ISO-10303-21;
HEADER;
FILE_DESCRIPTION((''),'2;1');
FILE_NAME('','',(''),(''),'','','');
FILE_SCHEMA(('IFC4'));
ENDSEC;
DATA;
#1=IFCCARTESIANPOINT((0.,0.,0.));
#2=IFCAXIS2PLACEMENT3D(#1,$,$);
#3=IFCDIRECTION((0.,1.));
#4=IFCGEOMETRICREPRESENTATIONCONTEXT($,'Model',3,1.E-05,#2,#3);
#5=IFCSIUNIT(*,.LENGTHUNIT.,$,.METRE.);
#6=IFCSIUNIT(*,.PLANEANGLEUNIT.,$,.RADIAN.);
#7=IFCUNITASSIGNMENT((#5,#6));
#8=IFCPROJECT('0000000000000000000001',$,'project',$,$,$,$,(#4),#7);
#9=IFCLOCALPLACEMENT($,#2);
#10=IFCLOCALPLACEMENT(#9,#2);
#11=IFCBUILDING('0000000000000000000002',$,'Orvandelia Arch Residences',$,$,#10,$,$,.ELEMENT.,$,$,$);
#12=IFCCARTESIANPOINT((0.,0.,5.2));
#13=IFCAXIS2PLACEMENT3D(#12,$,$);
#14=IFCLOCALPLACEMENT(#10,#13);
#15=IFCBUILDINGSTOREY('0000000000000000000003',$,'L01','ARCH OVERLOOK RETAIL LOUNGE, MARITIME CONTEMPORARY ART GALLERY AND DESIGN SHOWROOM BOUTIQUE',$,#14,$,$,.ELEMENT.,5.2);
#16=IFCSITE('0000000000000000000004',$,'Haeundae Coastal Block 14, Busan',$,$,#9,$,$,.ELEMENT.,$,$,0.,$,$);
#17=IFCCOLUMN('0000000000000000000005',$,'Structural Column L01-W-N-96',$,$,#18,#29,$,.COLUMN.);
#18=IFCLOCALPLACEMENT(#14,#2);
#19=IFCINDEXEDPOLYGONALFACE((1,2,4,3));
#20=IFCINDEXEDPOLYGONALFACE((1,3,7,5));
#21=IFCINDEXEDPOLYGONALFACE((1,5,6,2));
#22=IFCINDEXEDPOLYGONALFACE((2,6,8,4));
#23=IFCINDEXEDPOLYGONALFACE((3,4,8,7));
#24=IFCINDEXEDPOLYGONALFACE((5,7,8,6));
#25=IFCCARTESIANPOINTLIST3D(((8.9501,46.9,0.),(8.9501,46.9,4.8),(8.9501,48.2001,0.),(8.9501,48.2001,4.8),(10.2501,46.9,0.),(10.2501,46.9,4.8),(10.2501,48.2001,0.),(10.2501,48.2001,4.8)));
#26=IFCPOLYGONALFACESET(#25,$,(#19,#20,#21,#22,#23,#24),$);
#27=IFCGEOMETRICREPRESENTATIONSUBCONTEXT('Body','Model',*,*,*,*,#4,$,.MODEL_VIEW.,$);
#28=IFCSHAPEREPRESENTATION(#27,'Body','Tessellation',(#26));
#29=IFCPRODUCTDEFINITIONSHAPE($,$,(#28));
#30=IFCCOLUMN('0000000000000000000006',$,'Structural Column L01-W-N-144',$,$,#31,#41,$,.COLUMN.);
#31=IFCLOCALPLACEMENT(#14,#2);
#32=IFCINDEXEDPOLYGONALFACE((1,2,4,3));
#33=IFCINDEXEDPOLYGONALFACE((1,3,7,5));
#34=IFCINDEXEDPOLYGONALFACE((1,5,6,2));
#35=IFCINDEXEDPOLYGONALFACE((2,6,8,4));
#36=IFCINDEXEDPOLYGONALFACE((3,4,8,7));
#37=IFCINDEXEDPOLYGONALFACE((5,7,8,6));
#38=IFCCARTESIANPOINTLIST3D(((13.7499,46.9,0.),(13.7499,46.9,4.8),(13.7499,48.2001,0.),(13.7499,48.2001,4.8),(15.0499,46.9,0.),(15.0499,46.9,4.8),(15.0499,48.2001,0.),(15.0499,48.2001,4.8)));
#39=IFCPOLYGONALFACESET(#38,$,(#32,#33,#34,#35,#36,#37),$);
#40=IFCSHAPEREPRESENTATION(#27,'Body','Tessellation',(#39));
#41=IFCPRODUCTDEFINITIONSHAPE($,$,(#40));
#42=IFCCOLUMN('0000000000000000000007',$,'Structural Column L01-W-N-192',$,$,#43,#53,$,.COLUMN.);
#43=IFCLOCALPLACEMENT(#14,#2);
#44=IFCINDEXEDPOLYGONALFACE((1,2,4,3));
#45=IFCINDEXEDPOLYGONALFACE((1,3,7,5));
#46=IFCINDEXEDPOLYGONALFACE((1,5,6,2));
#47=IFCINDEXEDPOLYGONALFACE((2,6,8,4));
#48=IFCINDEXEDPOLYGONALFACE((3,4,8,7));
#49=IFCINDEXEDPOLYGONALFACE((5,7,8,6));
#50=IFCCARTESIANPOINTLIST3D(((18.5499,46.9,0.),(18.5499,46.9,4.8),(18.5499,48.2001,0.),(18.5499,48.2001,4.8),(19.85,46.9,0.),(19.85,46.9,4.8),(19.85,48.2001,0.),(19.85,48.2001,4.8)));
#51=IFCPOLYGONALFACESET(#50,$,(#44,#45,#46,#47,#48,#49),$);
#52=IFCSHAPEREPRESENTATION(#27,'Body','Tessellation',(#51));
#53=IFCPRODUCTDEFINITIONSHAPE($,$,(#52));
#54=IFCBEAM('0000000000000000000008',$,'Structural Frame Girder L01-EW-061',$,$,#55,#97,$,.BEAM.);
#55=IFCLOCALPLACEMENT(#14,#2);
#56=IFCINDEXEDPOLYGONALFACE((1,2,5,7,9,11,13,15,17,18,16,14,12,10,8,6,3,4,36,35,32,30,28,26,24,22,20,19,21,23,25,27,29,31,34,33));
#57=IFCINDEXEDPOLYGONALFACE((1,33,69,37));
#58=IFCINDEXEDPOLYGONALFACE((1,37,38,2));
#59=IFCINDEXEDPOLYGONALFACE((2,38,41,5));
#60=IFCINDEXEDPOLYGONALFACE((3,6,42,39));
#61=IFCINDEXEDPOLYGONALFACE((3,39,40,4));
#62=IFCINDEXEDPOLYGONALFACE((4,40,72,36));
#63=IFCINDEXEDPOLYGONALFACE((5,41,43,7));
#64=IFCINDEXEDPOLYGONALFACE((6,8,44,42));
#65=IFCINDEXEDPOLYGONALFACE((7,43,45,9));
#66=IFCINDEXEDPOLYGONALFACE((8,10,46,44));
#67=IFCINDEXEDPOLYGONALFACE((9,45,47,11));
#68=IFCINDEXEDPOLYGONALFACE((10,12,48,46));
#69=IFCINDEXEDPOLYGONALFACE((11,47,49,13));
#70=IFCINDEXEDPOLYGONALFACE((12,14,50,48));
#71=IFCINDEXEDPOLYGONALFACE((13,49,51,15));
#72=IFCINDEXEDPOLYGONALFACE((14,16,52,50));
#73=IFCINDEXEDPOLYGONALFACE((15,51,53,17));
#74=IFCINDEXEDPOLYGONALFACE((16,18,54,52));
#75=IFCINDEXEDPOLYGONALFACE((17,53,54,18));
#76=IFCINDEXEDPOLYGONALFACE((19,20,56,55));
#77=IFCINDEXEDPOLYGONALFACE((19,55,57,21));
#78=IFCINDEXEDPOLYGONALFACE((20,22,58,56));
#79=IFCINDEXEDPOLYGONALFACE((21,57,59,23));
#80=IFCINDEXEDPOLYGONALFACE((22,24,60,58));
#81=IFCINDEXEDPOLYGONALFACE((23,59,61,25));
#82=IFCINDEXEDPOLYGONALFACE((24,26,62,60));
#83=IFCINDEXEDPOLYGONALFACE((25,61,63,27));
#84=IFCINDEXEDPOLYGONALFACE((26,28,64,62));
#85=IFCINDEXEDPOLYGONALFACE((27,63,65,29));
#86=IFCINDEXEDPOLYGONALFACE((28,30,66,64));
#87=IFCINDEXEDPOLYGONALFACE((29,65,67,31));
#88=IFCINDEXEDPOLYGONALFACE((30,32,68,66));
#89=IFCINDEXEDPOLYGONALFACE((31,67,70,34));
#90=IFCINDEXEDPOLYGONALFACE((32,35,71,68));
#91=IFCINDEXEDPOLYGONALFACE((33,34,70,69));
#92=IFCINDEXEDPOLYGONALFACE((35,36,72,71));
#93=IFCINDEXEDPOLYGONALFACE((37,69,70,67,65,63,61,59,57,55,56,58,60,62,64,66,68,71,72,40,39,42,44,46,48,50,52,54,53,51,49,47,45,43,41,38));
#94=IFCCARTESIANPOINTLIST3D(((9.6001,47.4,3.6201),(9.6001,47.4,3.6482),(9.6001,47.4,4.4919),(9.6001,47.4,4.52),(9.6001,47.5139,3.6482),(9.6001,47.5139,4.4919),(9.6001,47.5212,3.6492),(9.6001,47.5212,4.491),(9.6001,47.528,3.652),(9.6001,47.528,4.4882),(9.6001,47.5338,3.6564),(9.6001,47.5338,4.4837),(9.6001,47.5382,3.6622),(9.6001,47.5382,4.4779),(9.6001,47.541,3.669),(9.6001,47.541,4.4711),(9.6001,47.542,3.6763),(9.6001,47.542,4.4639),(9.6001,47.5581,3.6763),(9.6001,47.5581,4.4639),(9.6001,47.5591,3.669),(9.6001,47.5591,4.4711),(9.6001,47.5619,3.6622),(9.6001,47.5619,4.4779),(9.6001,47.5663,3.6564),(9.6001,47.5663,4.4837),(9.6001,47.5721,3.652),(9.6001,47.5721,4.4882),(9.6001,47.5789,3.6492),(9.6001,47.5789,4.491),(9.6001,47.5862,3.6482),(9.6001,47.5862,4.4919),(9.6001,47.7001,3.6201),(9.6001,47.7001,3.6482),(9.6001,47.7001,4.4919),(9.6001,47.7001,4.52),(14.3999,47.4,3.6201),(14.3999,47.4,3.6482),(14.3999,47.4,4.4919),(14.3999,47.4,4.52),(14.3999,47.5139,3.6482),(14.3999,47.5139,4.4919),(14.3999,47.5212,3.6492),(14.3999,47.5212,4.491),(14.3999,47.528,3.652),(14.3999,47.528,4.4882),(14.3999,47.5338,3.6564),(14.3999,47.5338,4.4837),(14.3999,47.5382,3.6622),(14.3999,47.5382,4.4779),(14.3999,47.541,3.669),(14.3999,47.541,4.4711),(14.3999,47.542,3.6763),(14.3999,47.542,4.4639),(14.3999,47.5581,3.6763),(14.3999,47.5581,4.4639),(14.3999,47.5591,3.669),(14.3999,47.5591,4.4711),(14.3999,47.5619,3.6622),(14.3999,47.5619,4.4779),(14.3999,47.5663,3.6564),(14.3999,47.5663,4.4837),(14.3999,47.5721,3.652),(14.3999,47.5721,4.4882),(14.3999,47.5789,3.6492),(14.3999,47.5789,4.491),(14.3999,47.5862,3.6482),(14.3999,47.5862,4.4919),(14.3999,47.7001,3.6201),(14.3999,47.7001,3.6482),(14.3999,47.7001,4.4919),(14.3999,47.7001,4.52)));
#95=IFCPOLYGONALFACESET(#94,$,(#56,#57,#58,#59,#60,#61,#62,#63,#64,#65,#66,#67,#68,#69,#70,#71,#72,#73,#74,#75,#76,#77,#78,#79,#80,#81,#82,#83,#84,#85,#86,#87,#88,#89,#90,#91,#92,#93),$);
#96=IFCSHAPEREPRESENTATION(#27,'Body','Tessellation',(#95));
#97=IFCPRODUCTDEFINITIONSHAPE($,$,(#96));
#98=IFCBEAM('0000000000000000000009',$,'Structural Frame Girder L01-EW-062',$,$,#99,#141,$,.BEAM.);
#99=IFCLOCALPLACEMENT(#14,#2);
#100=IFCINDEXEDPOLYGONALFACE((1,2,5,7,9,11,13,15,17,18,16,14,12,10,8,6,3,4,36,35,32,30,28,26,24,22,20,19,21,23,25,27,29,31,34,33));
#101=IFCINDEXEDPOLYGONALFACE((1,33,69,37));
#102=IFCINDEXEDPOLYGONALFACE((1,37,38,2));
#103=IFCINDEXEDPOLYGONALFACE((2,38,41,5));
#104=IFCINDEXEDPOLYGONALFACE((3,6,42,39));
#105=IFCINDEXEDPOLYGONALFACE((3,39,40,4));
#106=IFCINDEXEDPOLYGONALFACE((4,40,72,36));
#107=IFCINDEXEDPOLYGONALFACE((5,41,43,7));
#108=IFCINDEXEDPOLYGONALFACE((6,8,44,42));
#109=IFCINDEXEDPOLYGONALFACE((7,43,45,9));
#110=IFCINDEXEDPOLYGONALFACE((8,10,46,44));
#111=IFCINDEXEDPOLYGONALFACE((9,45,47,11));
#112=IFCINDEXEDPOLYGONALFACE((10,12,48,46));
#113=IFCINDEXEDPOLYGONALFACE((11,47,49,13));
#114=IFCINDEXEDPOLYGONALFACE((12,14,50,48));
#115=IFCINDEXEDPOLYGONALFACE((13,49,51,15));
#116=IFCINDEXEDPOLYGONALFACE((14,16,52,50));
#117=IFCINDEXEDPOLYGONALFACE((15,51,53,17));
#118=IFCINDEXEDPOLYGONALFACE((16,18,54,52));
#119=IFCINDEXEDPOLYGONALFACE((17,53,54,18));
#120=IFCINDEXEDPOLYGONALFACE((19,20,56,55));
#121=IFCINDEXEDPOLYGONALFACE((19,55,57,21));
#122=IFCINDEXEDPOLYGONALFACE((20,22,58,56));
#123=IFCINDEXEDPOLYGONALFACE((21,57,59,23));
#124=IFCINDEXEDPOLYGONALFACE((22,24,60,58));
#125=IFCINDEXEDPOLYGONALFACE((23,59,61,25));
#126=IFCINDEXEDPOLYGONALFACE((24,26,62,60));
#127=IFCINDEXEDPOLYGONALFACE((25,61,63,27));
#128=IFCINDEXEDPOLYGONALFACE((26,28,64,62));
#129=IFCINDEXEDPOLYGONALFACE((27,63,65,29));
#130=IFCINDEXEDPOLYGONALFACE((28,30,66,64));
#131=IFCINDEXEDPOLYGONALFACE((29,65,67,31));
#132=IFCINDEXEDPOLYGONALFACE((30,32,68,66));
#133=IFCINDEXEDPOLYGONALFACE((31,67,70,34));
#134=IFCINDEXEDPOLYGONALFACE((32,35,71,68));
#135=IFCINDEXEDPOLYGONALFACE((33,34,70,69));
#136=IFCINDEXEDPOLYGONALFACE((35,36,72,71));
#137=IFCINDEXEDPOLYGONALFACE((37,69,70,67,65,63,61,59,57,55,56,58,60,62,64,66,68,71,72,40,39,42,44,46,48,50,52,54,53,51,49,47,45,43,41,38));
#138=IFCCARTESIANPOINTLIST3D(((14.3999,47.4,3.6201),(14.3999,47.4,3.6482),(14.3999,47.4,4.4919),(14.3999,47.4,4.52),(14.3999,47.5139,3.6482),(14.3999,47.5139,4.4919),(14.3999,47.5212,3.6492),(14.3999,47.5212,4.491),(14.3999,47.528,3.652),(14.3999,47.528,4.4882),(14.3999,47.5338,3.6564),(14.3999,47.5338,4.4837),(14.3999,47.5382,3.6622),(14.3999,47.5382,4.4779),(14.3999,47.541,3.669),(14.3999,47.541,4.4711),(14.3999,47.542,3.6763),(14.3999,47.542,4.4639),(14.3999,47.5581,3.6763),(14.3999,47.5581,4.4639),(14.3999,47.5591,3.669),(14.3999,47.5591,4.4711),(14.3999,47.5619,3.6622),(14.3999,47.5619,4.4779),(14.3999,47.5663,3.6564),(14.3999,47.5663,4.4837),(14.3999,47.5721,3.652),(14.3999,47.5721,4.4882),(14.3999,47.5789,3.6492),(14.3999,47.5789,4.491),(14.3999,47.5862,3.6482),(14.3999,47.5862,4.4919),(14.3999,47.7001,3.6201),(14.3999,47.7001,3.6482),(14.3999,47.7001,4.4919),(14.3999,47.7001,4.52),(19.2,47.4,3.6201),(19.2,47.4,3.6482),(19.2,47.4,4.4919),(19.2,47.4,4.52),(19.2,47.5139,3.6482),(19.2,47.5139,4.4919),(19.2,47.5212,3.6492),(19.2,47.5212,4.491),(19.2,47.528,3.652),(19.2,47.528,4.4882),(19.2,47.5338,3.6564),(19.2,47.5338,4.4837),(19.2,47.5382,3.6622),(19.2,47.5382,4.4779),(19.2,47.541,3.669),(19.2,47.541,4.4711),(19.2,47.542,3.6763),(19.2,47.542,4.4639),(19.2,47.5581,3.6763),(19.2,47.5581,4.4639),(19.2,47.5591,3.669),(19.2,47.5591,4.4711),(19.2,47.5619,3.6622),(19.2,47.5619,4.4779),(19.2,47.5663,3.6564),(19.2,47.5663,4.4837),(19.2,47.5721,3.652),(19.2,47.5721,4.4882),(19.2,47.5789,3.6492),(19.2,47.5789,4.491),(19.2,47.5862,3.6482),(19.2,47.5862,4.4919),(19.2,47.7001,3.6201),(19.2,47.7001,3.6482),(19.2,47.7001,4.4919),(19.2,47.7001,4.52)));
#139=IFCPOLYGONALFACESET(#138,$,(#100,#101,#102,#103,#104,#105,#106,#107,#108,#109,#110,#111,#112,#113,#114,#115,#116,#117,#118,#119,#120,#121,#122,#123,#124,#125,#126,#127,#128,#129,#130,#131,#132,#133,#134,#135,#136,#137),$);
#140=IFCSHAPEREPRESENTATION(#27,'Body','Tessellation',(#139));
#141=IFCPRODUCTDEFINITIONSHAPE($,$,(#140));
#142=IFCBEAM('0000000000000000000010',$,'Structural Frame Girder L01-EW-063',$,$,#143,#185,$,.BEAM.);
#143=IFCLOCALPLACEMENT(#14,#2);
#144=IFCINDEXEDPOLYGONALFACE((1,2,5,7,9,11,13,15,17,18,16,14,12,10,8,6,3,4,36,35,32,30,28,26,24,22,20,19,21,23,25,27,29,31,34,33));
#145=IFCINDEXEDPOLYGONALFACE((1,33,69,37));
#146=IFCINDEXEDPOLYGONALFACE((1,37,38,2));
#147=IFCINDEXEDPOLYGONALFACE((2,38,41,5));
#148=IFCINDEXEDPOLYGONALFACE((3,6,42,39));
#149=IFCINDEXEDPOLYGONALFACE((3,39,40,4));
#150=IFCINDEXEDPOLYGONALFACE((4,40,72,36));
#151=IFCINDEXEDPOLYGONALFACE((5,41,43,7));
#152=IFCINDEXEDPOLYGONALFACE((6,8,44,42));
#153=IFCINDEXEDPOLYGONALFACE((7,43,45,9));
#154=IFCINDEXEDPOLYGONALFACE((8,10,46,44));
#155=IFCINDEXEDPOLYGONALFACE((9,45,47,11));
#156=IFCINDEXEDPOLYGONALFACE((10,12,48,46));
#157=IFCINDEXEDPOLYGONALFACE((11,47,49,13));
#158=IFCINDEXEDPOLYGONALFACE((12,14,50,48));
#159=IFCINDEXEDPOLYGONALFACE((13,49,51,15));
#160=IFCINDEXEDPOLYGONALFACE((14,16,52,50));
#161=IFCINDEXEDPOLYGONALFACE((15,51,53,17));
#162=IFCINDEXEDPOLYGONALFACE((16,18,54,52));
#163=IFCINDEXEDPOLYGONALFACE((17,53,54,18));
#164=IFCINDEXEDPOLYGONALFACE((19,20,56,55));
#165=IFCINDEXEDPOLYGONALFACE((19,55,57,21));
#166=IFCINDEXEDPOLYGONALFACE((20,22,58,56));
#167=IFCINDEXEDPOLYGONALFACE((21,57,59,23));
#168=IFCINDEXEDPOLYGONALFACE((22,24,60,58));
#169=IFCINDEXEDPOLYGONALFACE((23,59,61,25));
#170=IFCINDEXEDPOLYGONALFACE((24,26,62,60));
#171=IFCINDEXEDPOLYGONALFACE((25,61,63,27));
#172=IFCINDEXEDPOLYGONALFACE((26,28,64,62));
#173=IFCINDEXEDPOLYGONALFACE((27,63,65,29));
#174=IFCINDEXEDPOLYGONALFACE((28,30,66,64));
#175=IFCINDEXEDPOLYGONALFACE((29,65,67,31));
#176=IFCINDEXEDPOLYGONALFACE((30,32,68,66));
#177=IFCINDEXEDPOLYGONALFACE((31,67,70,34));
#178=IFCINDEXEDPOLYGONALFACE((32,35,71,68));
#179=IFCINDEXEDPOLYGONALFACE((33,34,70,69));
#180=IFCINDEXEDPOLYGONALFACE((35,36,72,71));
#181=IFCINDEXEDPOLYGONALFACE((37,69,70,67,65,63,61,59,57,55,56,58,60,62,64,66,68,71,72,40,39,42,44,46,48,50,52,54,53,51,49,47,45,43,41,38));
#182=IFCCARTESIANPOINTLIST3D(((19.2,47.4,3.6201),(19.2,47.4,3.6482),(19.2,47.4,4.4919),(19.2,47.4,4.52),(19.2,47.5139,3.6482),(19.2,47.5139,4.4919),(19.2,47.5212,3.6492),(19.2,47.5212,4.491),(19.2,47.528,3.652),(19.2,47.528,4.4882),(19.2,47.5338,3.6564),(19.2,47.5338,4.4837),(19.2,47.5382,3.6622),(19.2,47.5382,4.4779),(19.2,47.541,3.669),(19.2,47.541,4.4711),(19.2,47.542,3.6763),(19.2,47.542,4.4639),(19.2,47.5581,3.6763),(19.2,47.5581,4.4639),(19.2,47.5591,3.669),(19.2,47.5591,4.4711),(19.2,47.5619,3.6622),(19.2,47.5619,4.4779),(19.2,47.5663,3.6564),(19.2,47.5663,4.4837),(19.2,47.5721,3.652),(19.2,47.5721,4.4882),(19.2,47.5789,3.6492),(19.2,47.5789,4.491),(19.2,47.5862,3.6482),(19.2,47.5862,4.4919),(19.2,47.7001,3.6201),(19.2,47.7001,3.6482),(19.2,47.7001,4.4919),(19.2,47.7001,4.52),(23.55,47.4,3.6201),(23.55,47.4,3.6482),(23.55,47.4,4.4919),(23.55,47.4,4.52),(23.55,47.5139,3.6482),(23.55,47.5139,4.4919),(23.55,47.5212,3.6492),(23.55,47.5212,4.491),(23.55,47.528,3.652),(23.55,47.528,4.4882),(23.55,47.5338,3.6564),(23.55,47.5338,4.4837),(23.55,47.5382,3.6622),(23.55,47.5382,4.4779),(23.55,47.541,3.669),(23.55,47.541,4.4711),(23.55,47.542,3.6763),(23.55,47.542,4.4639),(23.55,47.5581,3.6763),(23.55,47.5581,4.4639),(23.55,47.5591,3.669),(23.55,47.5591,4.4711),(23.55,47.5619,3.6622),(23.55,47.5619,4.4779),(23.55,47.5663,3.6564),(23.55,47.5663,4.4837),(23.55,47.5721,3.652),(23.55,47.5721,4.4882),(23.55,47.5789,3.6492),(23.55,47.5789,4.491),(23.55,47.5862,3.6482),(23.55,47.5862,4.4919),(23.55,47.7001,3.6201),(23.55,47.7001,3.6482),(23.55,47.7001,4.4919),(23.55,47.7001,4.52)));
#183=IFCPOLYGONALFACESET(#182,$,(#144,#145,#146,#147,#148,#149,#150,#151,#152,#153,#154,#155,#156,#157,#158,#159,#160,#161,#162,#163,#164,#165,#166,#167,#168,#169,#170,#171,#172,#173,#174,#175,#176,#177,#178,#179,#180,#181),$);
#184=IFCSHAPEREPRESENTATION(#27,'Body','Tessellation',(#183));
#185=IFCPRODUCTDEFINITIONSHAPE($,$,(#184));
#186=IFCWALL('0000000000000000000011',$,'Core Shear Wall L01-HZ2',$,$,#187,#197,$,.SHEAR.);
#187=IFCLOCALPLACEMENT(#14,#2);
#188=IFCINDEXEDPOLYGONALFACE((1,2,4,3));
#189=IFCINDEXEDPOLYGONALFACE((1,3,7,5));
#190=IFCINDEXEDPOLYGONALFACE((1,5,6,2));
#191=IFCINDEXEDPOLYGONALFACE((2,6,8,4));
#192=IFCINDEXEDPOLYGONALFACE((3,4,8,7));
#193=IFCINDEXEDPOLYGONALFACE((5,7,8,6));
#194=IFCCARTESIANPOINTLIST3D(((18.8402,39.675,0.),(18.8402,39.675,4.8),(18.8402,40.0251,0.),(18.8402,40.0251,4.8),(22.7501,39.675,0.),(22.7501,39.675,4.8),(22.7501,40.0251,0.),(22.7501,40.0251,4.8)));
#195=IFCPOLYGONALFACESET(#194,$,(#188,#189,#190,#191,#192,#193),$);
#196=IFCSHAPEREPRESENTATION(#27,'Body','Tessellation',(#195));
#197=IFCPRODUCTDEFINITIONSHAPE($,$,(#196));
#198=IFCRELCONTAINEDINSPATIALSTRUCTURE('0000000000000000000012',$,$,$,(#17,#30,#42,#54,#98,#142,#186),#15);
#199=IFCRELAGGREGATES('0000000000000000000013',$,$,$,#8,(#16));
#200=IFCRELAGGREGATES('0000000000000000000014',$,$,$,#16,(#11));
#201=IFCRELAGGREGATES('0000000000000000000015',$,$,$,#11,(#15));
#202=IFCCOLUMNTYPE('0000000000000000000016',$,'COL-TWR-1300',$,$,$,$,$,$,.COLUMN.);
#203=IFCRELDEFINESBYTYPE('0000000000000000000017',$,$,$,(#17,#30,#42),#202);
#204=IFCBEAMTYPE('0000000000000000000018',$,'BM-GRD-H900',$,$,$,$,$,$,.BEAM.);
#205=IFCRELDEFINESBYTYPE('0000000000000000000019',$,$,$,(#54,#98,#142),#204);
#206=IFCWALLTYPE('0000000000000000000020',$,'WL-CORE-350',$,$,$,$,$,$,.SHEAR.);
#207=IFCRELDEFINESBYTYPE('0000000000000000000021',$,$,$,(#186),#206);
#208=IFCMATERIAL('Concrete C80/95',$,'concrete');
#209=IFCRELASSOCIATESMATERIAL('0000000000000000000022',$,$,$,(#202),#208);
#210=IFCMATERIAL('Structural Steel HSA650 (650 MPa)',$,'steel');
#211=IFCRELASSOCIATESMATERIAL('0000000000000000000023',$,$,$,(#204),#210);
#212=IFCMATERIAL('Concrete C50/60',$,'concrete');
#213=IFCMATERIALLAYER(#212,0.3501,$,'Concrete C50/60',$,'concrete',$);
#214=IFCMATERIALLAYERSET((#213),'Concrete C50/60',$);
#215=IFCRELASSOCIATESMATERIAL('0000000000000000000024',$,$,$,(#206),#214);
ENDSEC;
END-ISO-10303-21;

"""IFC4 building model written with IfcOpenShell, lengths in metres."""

from ifc_helpers import new_model, si_unit, direction, frame, frame_2d, origin, origin_2d, place, context, subcontext, project, spatial, rectangle, i_section, extrude, material, layer, layer_set, material_profile, profile_set, type_object, element, save


model = new_model("IFC4")

# Units and contexts
model_context = context("Model", 3, precision=1e-05, world=origin(), true_north=direction((0.0, 1.0)))
body_context = subcontext(model_context, "Body", "Model", "MODEL_VIEW")
ifc_project = project(units=[si_unit("LENGTHUNIT", "METRE"), si_unit("PLANEANGLEUNIT", "RADIAN")], contexts=[model_context])

# Site, building, storey
site_placement = place(None, origin())
site = spatial("IfcSite", under=ifc_project, at=site_placement, Name="Haeundae Coastal Block 14, Busan", CompositionType="ELEMENT", RefElevation=0.0)
building_placement = place(site_placement, origin())
building = spatial("IfcBuilding", under=site, at=building_placement, Name="Orvandelia Arch Residences", CompositionType="ELEMENT")
storey_placement = place(building_placement, frame((0.0, 0.0, 5.2)))
storey = spatial("IfcBuildingStorey", under=building, at=storey_placement, Name="L01", Description="ARCH OVERLOOK RETAIL LOUNGE, MARITIME CONTEMPORARY ART GALLERY AND DESIGN SHOWROOM BOUTIQUE", CompositionType="ELEMENT", Elevation=5.2)

# Columns
ifc_material_1 = material(Name="Concrete C80/95", Category="concrete")
ifc_material_profile_1 = material_profile(ifc_material_1, rectangle(XDim=1.3, YDim=1.3, at=origin_2d()), Name="Concrete C80/95", Category="concrete")
ifc_profile_set_1 = profile_set([ifc_material_profile_1], Name="Concrete C80/95")
column_type = type_object("IfcColumnType", Name="COL-TWR-1300", PredefinedType="COLUMN", material=ifc_profile_set_1)
for number, where, z_axis, x_axis, name in (
    (1, (9.6001, 47.55, 0.0), (0.0, 0.0, 1.0), (1.0, 0.0, 0.0), "Structural Column L01-W-N-96"),
    (2, (14.3999, 47.55, 0.0), (0.0, 0.0, 1.0), (1.0, 0.0, 0.0), "Structural Column L01-W-N-144"),
    (3, (19.2, 47.55, 0.0), (0.0, 0.0, 1.0), (1.0, 0.0, 0.0), "Structural Column L01-W-N-192"),
):
    element("IfcColumn", number, at=place(storey_placement, frame(where, z_axis=z_axis, x_axis=x_axis)), inside=storey, type_object=column_type, Name=name, PredefinedType="COLUMN", context=body_context, shape_type="SweptSolid", body=[
        extrude(rectangle(XDim=1.3, YDim=1.3, at=origin_2d()), origin(), (0.0, 0.0, 1.0), 4.8),
    ])

# Beams
ifc_material_2 = material(Name="Structural Steel HSA650 (650 MPa)", Category="steel")
ifc_material_profile_2 = material_profile(ifc_material_2, i_section(OverallWidth=0.3, OverallDepth=0.8999, WebThickness=0.0161, FlangeThickness=0.0281, FilletRadius=0.0281, at=origin_2d()), Name="Structural Steel HSA650 (650 MPa)", Category="steel")
ifc_profile_set_2 = profile_set([ifc_material_profile_2], Name="Structural Steel HSA650 (650 MPa)")
beam_type = type_object("IfcBeamType", Name="BM-GRD-H900", PredefinedType="BEAM", material=ifc_profile_set_2)
beam_1_placement = place(storey_placement, frame((9.6001, 47.55, 4.0701), z_axis=(1.0, 0.0, 0.0), x_axis=(0.0, 1.0, 0.0)))
element("IfcBeam", 4, at=beam_1_placement, inside=storey, type_object=beam_type, Name="Structural Frame Girder L01-EW-061", PredefinedType="BEAM", context=body_context, shape_type="SweptSolid", body=[
    extrude(i_section(OverallWidth=0.3, OverallDepth=0.8999, WebThickness=0.0161, FlangeThickness=0.0281, FilletRadius=0.0281, at=origin_2d()), origin(), (0.0, 0.0, 1.0), 4.7998),
])
beam_2_placement = place(storey_placement, frame((14.3999, 47.55, 4.0701), z_axis=(1.0, 0.0, 0.0), x_axis=(0.0, 1.0, 0.0)))
element("IfcBeam", 5, at=beam_2_placement, inside=storey, type_object=beam_type, Name="Structural Frame Girder L01-EW-062", PredefinedType="BEAM", context=body_context, shape_type="SweptSolid", body=[
    extrude(i_section(OverallWidth=0.3, OverallDepth=0.8999, WebThickness=0.0161, FlangeThickness=0.0281, FilletRadius=0.0281, at=origin_2d()), origin(), (0.0, 0.0, 1.0), 4.8),
])
beam_3_placement = place(storey_placement, frame((19.2, 47.55, 4.0701), z_axis=(1.0, 0.0, 0.0), x_axis=(0.0, 1.0, 0.0)))
element("IfcBeam", 6, at=beam_3_placement, inside=storey, type_object=beam_type, Name="Structural Frame Girder L01-EW-063", PredefinedType="BEAM", context=body_context, shape_type="SweptSolid", body=[
    extrude(i_section(OverallWidth=0.3, OverallDepth=0.8999, WebThickness=0.0161, FlangeThickness=0.0281, FilletRadius=0.0281, at=origin_2d()), origin(), (0.0, 0.0, 1.0), 4.3501),
])

# Wall
ifc_material_3 = material(Name="Concrete C50/60", Category="concrete")
ifc_layer_1 = layer(ifc_material_3, 0.3501, Name="Concrete C50/60", Category="concrete")
ifc_layer_set_1 = layer_set([ifc_layer_1], Name="Concrete C50/60")
wall_type_1 = type_object("IfcWallType", Name="WL-CORE-350", PredefinedType="SHEAR", material=ifc_layer_set_1)
wall_1_placement = place(storey_placement, frame((18.8401, 39.8501, 0.0), z_axis=(0.0, 0.0, 1.0), x_axis=(1.0, 0.0, 0.0)))
element("IfcWall", 7, at=wall_1_placement, inside=storey, type_object=wall_type_1, Name="Core Shear Wall L01-HZ2", PredefinedType="SHEAR", context=body_context, shape_type="SweptSolid", body=[
    extrude(rectangle(XDim=3.9099, YDim=0.3501, at=frame_2d((1.9551, 0.0))), origin(), (0.0, 0.0, 1.0), 4.8),
])

save(model, "model.ifc")
